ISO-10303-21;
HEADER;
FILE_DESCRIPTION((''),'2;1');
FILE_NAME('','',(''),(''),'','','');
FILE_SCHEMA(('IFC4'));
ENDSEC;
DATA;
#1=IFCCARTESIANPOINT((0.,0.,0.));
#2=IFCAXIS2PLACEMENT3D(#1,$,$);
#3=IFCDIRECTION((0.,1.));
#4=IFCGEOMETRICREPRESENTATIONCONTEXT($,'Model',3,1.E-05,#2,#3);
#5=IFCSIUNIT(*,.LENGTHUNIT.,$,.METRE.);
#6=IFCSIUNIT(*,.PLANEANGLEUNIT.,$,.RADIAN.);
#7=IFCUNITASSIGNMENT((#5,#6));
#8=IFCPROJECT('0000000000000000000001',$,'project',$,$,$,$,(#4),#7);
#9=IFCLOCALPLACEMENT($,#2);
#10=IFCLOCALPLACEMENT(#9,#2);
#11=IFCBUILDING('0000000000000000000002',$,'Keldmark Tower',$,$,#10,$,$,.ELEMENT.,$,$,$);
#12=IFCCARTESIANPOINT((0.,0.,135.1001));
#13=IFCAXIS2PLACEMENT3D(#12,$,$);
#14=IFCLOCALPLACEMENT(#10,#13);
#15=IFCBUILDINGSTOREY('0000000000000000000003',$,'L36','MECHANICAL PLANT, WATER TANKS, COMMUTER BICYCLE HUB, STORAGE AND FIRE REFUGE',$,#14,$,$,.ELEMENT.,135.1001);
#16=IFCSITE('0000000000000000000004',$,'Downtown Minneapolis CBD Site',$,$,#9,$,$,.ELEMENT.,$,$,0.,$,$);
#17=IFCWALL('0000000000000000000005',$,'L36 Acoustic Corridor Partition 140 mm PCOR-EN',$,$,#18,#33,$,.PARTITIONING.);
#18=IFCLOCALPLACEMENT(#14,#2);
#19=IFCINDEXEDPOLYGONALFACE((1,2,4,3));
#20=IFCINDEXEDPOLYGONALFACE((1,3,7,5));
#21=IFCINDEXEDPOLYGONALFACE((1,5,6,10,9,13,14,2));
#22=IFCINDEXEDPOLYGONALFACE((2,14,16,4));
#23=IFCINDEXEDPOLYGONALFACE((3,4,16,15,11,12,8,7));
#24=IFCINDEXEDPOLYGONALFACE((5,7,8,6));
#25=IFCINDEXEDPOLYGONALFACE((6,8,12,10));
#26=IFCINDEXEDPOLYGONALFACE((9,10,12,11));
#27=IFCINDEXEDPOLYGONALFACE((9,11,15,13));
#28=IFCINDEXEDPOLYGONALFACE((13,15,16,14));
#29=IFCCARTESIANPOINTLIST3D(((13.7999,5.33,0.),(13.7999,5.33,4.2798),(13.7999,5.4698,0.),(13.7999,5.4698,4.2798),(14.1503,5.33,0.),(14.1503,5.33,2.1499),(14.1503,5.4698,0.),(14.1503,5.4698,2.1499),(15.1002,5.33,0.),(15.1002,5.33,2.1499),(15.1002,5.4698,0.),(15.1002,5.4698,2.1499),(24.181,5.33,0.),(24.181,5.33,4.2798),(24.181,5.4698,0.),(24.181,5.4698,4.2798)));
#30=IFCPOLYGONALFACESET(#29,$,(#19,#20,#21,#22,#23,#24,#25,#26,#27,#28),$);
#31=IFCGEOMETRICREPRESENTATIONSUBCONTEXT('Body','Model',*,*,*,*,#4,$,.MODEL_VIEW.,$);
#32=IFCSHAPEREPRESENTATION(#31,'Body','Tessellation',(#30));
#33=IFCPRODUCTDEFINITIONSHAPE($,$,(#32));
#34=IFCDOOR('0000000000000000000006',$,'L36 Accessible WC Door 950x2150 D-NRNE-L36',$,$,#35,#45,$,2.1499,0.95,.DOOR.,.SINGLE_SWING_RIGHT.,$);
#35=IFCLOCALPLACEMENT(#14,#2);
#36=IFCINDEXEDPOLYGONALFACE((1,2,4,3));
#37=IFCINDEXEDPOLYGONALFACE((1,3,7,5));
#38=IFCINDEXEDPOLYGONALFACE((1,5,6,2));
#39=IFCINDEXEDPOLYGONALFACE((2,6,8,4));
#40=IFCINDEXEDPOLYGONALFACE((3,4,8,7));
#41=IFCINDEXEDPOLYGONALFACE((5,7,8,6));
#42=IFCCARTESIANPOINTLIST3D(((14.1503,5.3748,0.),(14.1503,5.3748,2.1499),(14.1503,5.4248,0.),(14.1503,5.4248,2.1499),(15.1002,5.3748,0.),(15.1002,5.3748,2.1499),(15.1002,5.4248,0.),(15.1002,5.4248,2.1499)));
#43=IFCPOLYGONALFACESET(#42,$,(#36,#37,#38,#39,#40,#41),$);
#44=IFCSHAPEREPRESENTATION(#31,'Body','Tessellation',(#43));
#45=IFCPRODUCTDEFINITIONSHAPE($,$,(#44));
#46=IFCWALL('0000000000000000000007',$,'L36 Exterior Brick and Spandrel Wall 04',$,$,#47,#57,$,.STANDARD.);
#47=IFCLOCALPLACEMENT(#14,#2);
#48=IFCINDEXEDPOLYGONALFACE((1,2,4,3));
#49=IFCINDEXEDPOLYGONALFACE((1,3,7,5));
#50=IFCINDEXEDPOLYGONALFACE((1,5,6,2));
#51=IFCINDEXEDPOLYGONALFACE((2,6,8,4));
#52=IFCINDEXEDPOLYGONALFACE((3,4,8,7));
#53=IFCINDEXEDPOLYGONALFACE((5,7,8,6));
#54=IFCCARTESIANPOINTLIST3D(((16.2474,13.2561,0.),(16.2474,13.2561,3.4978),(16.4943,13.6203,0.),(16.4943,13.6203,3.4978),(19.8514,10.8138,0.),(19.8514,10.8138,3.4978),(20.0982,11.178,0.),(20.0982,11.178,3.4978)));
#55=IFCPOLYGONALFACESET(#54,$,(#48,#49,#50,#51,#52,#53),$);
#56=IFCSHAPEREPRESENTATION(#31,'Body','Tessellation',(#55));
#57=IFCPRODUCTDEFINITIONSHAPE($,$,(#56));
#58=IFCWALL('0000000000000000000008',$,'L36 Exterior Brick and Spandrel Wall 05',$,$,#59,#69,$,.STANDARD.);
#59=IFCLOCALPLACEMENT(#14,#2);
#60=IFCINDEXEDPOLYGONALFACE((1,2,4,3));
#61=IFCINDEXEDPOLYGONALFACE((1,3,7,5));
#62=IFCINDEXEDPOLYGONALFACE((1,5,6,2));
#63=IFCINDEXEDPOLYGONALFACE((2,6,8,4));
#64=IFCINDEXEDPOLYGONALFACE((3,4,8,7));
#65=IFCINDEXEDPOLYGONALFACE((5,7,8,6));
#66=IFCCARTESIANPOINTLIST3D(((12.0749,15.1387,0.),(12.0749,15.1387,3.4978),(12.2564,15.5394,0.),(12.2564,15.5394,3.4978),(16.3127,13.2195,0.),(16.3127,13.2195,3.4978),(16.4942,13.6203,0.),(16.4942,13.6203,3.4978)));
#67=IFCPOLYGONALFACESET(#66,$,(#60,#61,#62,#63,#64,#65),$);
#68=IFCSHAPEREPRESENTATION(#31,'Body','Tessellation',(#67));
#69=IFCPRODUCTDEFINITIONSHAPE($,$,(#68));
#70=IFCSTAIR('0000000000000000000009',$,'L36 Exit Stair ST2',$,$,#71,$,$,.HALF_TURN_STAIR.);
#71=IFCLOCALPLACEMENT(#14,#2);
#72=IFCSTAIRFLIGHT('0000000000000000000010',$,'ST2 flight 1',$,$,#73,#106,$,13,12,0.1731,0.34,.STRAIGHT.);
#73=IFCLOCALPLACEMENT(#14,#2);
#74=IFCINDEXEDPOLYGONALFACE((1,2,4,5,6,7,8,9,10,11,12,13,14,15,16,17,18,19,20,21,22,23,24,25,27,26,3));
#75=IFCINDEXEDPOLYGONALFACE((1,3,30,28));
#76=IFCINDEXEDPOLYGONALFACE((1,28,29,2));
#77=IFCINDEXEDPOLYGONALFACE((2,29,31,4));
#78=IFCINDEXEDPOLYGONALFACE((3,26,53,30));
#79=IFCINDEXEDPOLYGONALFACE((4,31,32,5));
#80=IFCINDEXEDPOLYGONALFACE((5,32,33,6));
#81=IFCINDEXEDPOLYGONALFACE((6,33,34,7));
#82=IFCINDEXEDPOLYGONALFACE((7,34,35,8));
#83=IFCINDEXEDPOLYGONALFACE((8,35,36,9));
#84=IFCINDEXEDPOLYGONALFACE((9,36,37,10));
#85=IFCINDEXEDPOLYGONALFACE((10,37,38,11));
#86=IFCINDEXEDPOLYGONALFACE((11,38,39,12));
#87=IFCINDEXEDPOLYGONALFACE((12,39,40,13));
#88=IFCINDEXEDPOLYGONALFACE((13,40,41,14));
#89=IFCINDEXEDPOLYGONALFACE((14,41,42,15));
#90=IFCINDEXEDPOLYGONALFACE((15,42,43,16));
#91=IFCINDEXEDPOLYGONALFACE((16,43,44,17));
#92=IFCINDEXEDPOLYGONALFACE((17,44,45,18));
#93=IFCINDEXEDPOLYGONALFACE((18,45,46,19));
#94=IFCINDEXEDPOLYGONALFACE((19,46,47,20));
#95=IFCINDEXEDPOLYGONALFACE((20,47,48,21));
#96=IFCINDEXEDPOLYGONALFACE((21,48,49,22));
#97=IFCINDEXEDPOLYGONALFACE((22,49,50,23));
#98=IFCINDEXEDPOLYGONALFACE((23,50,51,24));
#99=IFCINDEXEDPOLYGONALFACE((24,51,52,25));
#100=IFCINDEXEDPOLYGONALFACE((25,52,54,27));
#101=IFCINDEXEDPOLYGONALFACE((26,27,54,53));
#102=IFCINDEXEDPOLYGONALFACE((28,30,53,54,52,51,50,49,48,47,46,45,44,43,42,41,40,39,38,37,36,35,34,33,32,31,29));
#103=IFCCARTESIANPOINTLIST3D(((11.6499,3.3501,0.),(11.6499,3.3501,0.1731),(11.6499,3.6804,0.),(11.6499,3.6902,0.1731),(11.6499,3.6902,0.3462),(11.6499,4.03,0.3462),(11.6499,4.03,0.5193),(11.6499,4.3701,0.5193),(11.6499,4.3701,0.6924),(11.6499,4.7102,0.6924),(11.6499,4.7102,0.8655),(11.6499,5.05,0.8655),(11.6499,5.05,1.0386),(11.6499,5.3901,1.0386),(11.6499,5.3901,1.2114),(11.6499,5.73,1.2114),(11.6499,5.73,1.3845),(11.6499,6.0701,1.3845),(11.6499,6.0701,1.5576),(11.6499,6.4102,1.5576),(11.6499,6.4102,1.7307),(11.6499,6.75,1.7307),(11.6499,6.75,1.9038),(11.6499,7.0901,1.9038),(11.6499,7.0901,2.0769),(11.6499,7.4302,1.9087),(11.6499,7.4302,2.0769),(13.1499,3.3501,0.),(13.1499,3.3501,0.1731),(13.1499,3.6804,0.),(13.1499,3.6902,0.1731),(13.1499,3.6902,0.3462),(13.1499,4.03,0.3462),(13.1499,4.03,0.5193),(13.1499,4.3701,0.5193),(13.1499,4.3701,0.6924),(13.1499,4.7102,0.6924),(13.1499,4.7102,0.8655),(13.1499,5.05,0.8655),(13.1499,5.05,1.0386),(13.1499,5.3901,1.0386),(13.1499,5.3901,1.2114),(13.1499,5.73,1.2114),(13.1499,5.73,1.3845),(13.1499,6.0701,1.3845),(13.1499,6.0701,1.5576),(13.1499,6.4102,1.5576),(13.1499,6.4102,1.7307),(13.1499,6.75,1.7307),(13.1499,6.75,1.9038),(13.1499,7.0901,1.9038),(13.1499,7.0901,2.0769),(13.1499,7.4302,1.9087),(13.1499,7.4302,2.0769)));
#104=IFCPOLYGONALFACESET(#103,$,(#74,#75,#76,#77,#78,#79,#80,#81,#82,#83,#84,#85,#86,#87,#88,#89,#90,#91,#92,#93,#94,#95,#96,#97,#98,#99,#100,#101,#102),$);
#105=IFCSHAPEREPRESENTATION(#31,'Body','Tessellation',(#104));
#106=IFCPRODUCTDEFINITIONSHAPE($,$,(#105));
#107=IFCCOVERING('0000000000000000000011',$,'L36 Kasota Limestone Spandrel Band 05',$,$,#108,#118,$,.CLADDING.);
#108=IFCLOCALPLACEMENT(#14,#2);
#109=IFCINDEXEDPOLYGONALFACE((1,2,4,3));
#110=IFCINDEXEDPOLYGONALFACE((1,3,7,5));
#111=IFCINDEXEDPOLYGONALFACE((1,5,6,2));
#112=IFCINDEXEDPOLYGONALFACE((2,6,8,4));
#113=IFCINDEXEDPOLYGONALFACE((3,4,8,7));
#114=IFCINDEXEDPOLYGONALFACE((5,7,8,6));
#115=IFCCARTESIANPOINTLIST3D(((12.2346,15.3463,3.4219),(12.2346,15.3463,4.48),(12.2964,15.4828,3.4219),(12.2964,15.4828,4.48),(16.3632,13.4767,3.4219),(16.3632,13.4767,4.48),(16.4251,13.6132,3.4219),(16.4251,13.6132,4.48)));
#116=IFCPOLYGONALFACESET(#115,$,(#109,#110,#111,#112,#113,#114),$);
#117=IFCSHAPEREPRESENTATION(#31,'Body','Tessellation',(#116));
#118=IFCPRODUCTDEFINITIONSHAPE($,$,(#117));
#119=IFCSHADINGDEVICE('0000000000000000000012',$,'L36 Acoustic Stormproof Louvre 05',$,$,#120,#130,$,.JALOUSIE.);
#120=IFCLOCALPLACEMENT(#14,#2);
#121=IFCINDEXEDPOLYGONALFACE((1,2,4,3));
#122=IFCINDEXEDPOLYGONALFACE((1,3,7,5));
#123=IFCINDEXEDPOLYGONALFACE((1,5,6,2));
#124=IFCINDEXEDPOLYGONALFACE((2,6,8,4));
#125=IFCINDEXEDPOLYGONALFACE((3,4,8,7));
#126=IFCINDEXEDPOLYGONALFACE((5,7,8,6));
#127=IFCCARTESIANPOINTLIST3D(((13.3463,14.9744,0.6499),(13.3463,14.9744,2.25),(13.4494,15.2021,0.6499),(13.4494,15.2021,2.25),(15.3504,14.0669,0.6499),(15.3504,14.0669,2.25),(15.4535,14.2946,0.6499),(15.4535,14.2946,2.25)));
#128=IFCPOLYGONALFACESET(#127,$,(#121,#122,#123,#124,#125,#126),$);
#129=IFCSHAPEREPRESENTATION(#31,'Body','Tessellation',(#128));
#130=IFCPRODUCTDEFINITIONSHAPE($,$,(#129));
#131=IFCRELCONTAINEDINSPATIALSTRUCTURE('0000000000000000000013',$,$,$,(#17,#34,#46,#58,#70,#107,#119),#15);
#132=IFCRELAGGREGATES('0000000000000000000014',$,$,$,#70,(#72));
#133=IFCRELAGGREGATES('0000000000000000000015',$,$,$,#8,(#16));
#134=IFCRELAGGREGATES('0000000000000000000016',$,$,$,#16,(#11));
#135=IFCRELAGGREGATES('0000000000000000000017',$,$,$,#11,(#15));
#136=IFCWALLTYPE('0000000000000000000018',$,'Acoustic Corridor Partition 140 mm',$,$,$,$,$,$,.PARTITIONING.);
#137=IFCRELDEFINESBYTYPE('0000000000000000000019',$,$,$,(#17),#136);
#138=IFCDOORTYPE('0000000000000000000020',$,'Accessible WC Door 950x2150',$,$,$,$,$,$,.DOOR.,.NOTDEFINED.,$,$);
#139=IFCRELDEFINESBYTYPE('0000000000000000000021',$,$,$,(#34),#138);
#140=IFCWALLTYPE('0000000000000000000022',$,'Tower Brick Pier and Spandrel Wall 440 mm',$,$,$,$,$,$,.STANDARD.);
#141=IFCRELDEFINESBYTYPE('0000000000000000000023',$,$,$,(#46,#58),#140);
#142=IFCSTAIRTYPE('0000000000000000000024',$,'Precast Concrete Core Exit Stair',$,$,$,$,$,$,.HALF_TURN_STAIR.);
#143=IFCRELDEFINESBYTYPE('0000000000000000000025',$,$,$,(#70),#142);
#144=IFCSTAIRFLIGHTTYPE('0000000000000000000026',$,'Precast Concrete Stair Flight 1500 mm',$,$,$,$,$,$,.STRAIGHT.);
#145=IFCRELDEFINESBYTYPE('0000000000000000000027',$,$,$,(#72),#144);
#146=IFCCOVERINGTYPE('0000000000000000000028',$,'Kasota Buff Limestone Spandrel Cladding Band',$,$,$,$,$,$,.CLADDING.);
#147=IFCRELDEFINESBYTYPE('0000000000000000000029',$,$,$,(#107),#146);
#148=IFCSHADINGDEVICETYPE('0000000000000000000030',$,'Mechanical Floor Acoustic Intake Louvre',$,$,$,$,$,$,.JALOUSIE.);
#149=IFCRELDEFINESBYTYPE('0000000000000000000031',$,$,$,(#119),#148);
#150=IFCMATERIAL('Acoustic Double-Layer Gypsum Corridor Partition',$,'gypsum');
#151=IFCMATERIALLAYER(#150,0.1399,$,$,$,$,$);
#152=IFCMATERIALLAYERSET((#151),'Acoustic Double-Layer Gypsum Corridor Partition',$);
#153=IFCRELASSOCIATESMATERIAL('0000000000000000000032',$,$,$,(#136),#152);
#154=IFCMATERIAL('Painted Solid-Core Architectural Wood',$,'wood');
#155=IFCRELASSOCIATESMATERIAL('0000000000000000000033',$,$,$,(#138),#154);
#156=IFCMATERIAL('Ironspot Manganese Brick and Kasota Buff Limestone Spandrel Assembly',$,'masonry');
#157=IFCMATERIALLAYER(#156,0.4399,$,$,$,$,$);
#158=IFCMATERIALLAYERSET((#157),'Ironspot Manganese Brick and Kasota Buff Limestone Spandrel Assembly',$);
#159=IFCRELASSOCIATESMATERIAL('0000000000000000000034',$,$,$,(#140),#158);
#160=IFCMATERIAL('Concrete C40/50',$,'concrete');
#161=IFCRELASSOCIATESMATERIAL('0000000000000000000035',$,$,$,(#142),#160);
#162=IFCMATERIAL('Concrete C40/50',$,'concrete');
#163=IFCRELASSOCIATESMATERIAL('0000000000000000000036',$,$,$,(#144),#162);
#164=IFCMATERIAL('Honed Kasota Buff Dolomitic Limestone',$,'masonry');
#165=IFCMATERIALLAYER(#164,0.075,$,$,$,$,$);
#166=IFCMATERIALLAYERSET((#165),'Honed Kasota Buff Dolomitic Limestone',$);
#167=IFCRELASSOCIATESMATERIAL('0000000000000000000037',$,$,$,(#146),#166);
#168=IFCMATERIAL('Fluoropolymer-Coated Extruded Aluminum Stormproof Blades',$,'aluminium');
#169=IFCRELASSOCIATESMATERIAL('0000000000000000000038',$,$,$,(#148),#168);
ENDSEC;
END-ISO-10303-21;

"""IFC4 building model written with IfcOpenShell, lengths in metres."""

from ifc_helpers import new_model, si_unit, direction, frame, frame_2d, origin, origin_2d, place, context, subcontext, project, spatial, polyline, rectangle, outline, extrude, material, layer, layer_set, type_object, element, fill, aggregate, save


model = new_model("IFC4")

# Units and contexts
model_context = context("Model", 3, precision=1e-05, world=origin(), true_north=direction((0.0, 1.0)))
body_context = subcontext(model_context, "Body", "Model", "MODEL_VIEW")
ifc_project = project(units=[si_unit("LENGTHUNIT", "METRE"), si_unit("PLANEANGLEUNIT", "RADIAN")], contexts=[model_context])

# Site, building, storey
site_placement = place(None, origin())
site = spatial("IfcSite", under=ifc_project, at=site_placement, Name="Downtown Minneapolis CBD Site", CompositionType="ELEMENT", RefElevation=0.0)
building_placement = place(site_placement, origin())
building = spatial("IfcBuilding", under=site, at=building_placement, Name="Keldmark Tower", CompositionType="ELEMENT")
storey_placement = place(building_placement, frame((0.0, 0.0, 135.1001)))
storey = spatial("IfcBuildingStorey", under=building, at=storey_placement, Name="L36", Description="MECHANICAL PLANT, WATER TANKS, COMMUTER BICYCLE HUB, STORAGE AND FIRE REFUGE", CompositionType="ELEMENT", Elevation=135.1001)

# Wall, opening, door
ifc_material_1 = material(Name="Acoustic Double-Layer Gypsum Corridor Partition", Category="gypsum")
ifc_layer_1 = layer(ifc_material_1, 0.1399)
ifc_layer_set_1 = layer_set([ifc_layer_1], Name="Acoustic Double-Layer Gypsum Corridor Partition")
wall_type_1 = type_object("IfcWallType", Name="Acoustic Corridor Partition 140 mm", PredefinedType="PARTITIONING", material=ifc_layer_set_1)
wall_1_placement = place(storey_placement, frame((13.8, 5.3999, 0.0), z_axis=(0.0, 0.0, 1.0), x_axis=(1.0, 0.0, 0.0)))
wall_1 = element("IfcWall", 1, at=wall_1_placement, inside=storey, type_object=wall_type_1, Name="L36 Acoustic Corridor Partition 140 mm PCOR-EN", PredefinedType="PARTITIONING", context=body_context, shape_type="SweptSolid", body=[
    extrude(rectangle(XDim=10.3811, YDim=0.1399, at=frame_2d((5.1904, 0.0))), origin(), (0.0, 0.0, 1.0), 4.2798),
])
opening_placement = place(wall_1_placement, frame((0.3501, 0.0, 0.0)))
opening = element("IfcOpeningElement", 2, at=opening_placement, cuts=wall_1, PredefinedType="OPENING", context=body_context, shape_type="SweptSolid", body=[
    extrude(rectangle(XDim=0.95, YDim=2.1499, at=frame_2d((0.4751, 1.075))), frame((0.0, 0.0798, 0.0), z_axis=(0.0, -1.0, 0.0), x_axis=(1.0, 0.0, 0.0)), (0.0, 0.0, 1.0), 0.1599),
])
ifc_material_2 = material(Name="Painted Solid-Core Architectural Wood", Category="wood")
door_type = type_object("IfcDoorType", Name="Accessible WC Door 950x2150", OperationType="NOTDEFINED", PredefinedType="DOOR", material=ifc_material_2)
door_placement = place(opening_placement, origin())
door = element("IfcDoor", 3, at=door_placement, inside=storey, type_object=door_type, Name="L36 Accessible WC Door 950x2150 D-NRNE-L36", OperationType="SINGLE_SWING_RIGHT", OverallHeight=2.1499, OverallWidth=0.95, PredefinedType="DOOR", context=body_context, shape_type="SweptSolid", body=[
    extrude(rectangle(XDim=0.95, YDim=2.1499, at=frame_2d((0.4751, 1.075))), frame((0.0, 0.0249, 0.0), z_axis=(0.0, -1.0, 0.0), x_axis=(1.0, 0.0, 0.0)), (0.0, 0.0, 1.0), 0.05),
])
fill(opening, door)

# Walls
ifc_material_3 = material(Name="Ironspot Manganese Brick and Kasota Buff Limestone Spandrel Assembly", Category="masonry")
ifc_layer_2 = layer(ifc_material_3, 0.4399)
ifc_layer_set_2 = layer_set([ifc_layer_2], Name="Ironspot Manganese Brick and Kasota Buff Limestone Spandrel Assembly")
wall_type_2 = type_object("IfcWallType", Name="Tower Brick Pier and Spandrel Wall 440 mm", PredefinedType="STANDARD", material=ifc_layer_set_2)
wall_2_placement = place(storey_placement, frame((16.3708, 13.4382, 0.0), z_axis=(0.0, 0.0, 1.0), x_axis=(0.827816, -0.560999, 0.0)))
element("IfcWall", 4, at=wall_2_placement, inside=storey, type_object=wall_type_2, Name="L36 Exterior Brick and Spandrel Wall 04", PredefinedType="STANDARD", context=body_context, shape_type="SweptSolid", body=[
    extrude(rectangle(XDim=4.3535, YDim=0.4399, at=frame_2d((2.1768, 0.0))), origin(), (0.0, 0.0, 1.0), 3.4978),
])
wall_3_placement = place(storey_placement, frame((12.1655, 15.3391, 0.0), z_axis=(0.0, 0.0, 1.0), x_axis=(0.910939, -0.412541, 0.0)))
element("IfcWall", 5, at=wall_3_placement, inside=storey, type_object=wall_type_2, Name="L36 Exterior Brick and Spandrel Wall 05", PredefinedType="STANDARD", context=body_context, shape_type="SweptSolid", body=[
    extrude(rectangle(XDim=4.6521, YDim=0.4399, at=frame_2d((2.3262, 0.0))), origin(), (0.0, 0.0, 1.0), 3.4978),
])

# Stair, stair flight
ifc_material_4 = material(Name="Concrete C40/50", Category="concrete")
stair_type = type_object("IfcStairType", Name="Precast Concrete Core Exit Stair", PredefinedType="HALF_TURN_STAIR", material=ifc_material_4)
stair_placement = place(storey_placement, origin())
stair = element("IfcStair", 6, at=stair_placement, inside=storey, type_object=stair_type, Name="L36 Exit Stair ST2", PredefinedType="HALF_TURN_STAIR")
ifc_material_5 = material(Name="Concrete C40/50", Category="concrete")
stair_flight_type = type_object("IfcStairFlightType", Name="Precast Concrete Stair Flight 1500 mm", PredefinedType="STRAIGHT", material=ifc_material_5)
stair_flight_placement = place(storey_placement, frame((12.3999, 3.3501, 0.0), z_axis=(0.0, 0.0, 1.0), x_axis=(0.0, 1.0, 0.0)))
stair_flight = element("IfcStairFlight", 7, at=stair_flight_placement, type_object=stair_flight_type, Name="ST2 flight 1", NumberOfRisers=13, NumberOfTreads=12, PredefinedType="STRAIGHT", RiserHeight=0.1731, TreadLength=0.34, context=body_context, shape_type="SweptSolid", body=[
    extrude(outline(polyline([(0.0, 0.0), (0.0, 0.1731), (0.3401, 0.1731), (0.3401, 0.3462), (0.6799, 0.3462), (0.6799, 0.5193), (1.02, 0.5193), (1.02, 0.6924), (1.3601, 0.6924), (1.3601, 0.8655), (1.7, 0.8655), (1.7, 1.0386), (2.04, 1.0386), (2.04, 1.2114), (2.3799, 1.2114), (2.3799, 1.3845), (2.72, 1.3845), (2.72, 1.5576), (3.0601, 1.5576), (3.0601, 1.7307), (3.3999, 1.7307), (3.3999, 1.9038), (3.74, 1.9038), (3.74, 2.0769), (4.0801, 2.0769), (4.0801, 2.25), (4.0801, 1.9087), (0.3303, 0.0), (0.0, 0.0)])), frame((0.0, 0.75, 0.0), z_axis=(0.0, -1.0, 0.0), x_axis=(1.0, 0.0, 0.0)), (0.0, 0.0, 1.0), 1.5),
])
aggregate(stair, [stair_flight])

# Covering
ifc_material_6 = material(Name="Honed Kasota Buff Dolomitic Limestone", Category="masonry")
ifc_layer_3 = layer(ifc_material_6, 0.075)
ifc_layer_set_3 = layer_set([ifc_layer_3], Name="Honed Kasota Buff Dolomitic Limestone")
covering_type = type_object("IfcCoveringType", Name="Kasota Buff Limestone Spandrel Cladding Band", PredefinedType="CLADDING", material=ifc_layer_set_3)
covering_placement = place(storey_placement, frame((14.3298, 14.4797, 3.4219), z_axis=(0.0, 0.0, 1.0), x_axis=(-0.91095, 0.412516, 0.0)))
element("IfcCovering", 8, at=covering_placement, inside=storey, type_object=covering_type, Name="L36 Kasota Limestone Spandrel Band 05", PredefinedType="CLADDING", context=body_context, shape_type="SweptSolid", body=[
    extrude(rectangle(XDim=4.5322, YDim=0.1499, at=origin_2d()), origin(), (0.0, 0.0, 1.0), 1.0581),
])

# Shading device
ifc_material_7 = material(Name="Fluoropolymer-Coated Extruded Aluminum Stormproof Blades", Category="aluminium")
shading_device_type = type_object("IfcShadingDeviceType", Name="Mechanical Floor Acoustic Intake Louvre", PredefinedType="JALOUSIE", material=ifc_material_7)
shading_device_placement = place(storey_placement, frame((14.3999, 14.6345, 0.6499), z_axis=(0.0, 0.0, 1.0), x_axis=(-0.91095, 0.412516, 0.0)))
element("IfcShadingDevice", 9, at=shading_device_placement, inside=storey, type_object=shading_device_type, Name="L36 Acoustic Stormproof Louvre 05", PredefinedType="JALOUSIE", context=body_context, shape_type="SweptSolid", body=[
    extrude(rectangle(XDim=2.2, YDim=0.25, at=origin_2d()), origin(), (0.0, 0.0, 1.0), 1.6001),
])

save(model, "model.ifc")
